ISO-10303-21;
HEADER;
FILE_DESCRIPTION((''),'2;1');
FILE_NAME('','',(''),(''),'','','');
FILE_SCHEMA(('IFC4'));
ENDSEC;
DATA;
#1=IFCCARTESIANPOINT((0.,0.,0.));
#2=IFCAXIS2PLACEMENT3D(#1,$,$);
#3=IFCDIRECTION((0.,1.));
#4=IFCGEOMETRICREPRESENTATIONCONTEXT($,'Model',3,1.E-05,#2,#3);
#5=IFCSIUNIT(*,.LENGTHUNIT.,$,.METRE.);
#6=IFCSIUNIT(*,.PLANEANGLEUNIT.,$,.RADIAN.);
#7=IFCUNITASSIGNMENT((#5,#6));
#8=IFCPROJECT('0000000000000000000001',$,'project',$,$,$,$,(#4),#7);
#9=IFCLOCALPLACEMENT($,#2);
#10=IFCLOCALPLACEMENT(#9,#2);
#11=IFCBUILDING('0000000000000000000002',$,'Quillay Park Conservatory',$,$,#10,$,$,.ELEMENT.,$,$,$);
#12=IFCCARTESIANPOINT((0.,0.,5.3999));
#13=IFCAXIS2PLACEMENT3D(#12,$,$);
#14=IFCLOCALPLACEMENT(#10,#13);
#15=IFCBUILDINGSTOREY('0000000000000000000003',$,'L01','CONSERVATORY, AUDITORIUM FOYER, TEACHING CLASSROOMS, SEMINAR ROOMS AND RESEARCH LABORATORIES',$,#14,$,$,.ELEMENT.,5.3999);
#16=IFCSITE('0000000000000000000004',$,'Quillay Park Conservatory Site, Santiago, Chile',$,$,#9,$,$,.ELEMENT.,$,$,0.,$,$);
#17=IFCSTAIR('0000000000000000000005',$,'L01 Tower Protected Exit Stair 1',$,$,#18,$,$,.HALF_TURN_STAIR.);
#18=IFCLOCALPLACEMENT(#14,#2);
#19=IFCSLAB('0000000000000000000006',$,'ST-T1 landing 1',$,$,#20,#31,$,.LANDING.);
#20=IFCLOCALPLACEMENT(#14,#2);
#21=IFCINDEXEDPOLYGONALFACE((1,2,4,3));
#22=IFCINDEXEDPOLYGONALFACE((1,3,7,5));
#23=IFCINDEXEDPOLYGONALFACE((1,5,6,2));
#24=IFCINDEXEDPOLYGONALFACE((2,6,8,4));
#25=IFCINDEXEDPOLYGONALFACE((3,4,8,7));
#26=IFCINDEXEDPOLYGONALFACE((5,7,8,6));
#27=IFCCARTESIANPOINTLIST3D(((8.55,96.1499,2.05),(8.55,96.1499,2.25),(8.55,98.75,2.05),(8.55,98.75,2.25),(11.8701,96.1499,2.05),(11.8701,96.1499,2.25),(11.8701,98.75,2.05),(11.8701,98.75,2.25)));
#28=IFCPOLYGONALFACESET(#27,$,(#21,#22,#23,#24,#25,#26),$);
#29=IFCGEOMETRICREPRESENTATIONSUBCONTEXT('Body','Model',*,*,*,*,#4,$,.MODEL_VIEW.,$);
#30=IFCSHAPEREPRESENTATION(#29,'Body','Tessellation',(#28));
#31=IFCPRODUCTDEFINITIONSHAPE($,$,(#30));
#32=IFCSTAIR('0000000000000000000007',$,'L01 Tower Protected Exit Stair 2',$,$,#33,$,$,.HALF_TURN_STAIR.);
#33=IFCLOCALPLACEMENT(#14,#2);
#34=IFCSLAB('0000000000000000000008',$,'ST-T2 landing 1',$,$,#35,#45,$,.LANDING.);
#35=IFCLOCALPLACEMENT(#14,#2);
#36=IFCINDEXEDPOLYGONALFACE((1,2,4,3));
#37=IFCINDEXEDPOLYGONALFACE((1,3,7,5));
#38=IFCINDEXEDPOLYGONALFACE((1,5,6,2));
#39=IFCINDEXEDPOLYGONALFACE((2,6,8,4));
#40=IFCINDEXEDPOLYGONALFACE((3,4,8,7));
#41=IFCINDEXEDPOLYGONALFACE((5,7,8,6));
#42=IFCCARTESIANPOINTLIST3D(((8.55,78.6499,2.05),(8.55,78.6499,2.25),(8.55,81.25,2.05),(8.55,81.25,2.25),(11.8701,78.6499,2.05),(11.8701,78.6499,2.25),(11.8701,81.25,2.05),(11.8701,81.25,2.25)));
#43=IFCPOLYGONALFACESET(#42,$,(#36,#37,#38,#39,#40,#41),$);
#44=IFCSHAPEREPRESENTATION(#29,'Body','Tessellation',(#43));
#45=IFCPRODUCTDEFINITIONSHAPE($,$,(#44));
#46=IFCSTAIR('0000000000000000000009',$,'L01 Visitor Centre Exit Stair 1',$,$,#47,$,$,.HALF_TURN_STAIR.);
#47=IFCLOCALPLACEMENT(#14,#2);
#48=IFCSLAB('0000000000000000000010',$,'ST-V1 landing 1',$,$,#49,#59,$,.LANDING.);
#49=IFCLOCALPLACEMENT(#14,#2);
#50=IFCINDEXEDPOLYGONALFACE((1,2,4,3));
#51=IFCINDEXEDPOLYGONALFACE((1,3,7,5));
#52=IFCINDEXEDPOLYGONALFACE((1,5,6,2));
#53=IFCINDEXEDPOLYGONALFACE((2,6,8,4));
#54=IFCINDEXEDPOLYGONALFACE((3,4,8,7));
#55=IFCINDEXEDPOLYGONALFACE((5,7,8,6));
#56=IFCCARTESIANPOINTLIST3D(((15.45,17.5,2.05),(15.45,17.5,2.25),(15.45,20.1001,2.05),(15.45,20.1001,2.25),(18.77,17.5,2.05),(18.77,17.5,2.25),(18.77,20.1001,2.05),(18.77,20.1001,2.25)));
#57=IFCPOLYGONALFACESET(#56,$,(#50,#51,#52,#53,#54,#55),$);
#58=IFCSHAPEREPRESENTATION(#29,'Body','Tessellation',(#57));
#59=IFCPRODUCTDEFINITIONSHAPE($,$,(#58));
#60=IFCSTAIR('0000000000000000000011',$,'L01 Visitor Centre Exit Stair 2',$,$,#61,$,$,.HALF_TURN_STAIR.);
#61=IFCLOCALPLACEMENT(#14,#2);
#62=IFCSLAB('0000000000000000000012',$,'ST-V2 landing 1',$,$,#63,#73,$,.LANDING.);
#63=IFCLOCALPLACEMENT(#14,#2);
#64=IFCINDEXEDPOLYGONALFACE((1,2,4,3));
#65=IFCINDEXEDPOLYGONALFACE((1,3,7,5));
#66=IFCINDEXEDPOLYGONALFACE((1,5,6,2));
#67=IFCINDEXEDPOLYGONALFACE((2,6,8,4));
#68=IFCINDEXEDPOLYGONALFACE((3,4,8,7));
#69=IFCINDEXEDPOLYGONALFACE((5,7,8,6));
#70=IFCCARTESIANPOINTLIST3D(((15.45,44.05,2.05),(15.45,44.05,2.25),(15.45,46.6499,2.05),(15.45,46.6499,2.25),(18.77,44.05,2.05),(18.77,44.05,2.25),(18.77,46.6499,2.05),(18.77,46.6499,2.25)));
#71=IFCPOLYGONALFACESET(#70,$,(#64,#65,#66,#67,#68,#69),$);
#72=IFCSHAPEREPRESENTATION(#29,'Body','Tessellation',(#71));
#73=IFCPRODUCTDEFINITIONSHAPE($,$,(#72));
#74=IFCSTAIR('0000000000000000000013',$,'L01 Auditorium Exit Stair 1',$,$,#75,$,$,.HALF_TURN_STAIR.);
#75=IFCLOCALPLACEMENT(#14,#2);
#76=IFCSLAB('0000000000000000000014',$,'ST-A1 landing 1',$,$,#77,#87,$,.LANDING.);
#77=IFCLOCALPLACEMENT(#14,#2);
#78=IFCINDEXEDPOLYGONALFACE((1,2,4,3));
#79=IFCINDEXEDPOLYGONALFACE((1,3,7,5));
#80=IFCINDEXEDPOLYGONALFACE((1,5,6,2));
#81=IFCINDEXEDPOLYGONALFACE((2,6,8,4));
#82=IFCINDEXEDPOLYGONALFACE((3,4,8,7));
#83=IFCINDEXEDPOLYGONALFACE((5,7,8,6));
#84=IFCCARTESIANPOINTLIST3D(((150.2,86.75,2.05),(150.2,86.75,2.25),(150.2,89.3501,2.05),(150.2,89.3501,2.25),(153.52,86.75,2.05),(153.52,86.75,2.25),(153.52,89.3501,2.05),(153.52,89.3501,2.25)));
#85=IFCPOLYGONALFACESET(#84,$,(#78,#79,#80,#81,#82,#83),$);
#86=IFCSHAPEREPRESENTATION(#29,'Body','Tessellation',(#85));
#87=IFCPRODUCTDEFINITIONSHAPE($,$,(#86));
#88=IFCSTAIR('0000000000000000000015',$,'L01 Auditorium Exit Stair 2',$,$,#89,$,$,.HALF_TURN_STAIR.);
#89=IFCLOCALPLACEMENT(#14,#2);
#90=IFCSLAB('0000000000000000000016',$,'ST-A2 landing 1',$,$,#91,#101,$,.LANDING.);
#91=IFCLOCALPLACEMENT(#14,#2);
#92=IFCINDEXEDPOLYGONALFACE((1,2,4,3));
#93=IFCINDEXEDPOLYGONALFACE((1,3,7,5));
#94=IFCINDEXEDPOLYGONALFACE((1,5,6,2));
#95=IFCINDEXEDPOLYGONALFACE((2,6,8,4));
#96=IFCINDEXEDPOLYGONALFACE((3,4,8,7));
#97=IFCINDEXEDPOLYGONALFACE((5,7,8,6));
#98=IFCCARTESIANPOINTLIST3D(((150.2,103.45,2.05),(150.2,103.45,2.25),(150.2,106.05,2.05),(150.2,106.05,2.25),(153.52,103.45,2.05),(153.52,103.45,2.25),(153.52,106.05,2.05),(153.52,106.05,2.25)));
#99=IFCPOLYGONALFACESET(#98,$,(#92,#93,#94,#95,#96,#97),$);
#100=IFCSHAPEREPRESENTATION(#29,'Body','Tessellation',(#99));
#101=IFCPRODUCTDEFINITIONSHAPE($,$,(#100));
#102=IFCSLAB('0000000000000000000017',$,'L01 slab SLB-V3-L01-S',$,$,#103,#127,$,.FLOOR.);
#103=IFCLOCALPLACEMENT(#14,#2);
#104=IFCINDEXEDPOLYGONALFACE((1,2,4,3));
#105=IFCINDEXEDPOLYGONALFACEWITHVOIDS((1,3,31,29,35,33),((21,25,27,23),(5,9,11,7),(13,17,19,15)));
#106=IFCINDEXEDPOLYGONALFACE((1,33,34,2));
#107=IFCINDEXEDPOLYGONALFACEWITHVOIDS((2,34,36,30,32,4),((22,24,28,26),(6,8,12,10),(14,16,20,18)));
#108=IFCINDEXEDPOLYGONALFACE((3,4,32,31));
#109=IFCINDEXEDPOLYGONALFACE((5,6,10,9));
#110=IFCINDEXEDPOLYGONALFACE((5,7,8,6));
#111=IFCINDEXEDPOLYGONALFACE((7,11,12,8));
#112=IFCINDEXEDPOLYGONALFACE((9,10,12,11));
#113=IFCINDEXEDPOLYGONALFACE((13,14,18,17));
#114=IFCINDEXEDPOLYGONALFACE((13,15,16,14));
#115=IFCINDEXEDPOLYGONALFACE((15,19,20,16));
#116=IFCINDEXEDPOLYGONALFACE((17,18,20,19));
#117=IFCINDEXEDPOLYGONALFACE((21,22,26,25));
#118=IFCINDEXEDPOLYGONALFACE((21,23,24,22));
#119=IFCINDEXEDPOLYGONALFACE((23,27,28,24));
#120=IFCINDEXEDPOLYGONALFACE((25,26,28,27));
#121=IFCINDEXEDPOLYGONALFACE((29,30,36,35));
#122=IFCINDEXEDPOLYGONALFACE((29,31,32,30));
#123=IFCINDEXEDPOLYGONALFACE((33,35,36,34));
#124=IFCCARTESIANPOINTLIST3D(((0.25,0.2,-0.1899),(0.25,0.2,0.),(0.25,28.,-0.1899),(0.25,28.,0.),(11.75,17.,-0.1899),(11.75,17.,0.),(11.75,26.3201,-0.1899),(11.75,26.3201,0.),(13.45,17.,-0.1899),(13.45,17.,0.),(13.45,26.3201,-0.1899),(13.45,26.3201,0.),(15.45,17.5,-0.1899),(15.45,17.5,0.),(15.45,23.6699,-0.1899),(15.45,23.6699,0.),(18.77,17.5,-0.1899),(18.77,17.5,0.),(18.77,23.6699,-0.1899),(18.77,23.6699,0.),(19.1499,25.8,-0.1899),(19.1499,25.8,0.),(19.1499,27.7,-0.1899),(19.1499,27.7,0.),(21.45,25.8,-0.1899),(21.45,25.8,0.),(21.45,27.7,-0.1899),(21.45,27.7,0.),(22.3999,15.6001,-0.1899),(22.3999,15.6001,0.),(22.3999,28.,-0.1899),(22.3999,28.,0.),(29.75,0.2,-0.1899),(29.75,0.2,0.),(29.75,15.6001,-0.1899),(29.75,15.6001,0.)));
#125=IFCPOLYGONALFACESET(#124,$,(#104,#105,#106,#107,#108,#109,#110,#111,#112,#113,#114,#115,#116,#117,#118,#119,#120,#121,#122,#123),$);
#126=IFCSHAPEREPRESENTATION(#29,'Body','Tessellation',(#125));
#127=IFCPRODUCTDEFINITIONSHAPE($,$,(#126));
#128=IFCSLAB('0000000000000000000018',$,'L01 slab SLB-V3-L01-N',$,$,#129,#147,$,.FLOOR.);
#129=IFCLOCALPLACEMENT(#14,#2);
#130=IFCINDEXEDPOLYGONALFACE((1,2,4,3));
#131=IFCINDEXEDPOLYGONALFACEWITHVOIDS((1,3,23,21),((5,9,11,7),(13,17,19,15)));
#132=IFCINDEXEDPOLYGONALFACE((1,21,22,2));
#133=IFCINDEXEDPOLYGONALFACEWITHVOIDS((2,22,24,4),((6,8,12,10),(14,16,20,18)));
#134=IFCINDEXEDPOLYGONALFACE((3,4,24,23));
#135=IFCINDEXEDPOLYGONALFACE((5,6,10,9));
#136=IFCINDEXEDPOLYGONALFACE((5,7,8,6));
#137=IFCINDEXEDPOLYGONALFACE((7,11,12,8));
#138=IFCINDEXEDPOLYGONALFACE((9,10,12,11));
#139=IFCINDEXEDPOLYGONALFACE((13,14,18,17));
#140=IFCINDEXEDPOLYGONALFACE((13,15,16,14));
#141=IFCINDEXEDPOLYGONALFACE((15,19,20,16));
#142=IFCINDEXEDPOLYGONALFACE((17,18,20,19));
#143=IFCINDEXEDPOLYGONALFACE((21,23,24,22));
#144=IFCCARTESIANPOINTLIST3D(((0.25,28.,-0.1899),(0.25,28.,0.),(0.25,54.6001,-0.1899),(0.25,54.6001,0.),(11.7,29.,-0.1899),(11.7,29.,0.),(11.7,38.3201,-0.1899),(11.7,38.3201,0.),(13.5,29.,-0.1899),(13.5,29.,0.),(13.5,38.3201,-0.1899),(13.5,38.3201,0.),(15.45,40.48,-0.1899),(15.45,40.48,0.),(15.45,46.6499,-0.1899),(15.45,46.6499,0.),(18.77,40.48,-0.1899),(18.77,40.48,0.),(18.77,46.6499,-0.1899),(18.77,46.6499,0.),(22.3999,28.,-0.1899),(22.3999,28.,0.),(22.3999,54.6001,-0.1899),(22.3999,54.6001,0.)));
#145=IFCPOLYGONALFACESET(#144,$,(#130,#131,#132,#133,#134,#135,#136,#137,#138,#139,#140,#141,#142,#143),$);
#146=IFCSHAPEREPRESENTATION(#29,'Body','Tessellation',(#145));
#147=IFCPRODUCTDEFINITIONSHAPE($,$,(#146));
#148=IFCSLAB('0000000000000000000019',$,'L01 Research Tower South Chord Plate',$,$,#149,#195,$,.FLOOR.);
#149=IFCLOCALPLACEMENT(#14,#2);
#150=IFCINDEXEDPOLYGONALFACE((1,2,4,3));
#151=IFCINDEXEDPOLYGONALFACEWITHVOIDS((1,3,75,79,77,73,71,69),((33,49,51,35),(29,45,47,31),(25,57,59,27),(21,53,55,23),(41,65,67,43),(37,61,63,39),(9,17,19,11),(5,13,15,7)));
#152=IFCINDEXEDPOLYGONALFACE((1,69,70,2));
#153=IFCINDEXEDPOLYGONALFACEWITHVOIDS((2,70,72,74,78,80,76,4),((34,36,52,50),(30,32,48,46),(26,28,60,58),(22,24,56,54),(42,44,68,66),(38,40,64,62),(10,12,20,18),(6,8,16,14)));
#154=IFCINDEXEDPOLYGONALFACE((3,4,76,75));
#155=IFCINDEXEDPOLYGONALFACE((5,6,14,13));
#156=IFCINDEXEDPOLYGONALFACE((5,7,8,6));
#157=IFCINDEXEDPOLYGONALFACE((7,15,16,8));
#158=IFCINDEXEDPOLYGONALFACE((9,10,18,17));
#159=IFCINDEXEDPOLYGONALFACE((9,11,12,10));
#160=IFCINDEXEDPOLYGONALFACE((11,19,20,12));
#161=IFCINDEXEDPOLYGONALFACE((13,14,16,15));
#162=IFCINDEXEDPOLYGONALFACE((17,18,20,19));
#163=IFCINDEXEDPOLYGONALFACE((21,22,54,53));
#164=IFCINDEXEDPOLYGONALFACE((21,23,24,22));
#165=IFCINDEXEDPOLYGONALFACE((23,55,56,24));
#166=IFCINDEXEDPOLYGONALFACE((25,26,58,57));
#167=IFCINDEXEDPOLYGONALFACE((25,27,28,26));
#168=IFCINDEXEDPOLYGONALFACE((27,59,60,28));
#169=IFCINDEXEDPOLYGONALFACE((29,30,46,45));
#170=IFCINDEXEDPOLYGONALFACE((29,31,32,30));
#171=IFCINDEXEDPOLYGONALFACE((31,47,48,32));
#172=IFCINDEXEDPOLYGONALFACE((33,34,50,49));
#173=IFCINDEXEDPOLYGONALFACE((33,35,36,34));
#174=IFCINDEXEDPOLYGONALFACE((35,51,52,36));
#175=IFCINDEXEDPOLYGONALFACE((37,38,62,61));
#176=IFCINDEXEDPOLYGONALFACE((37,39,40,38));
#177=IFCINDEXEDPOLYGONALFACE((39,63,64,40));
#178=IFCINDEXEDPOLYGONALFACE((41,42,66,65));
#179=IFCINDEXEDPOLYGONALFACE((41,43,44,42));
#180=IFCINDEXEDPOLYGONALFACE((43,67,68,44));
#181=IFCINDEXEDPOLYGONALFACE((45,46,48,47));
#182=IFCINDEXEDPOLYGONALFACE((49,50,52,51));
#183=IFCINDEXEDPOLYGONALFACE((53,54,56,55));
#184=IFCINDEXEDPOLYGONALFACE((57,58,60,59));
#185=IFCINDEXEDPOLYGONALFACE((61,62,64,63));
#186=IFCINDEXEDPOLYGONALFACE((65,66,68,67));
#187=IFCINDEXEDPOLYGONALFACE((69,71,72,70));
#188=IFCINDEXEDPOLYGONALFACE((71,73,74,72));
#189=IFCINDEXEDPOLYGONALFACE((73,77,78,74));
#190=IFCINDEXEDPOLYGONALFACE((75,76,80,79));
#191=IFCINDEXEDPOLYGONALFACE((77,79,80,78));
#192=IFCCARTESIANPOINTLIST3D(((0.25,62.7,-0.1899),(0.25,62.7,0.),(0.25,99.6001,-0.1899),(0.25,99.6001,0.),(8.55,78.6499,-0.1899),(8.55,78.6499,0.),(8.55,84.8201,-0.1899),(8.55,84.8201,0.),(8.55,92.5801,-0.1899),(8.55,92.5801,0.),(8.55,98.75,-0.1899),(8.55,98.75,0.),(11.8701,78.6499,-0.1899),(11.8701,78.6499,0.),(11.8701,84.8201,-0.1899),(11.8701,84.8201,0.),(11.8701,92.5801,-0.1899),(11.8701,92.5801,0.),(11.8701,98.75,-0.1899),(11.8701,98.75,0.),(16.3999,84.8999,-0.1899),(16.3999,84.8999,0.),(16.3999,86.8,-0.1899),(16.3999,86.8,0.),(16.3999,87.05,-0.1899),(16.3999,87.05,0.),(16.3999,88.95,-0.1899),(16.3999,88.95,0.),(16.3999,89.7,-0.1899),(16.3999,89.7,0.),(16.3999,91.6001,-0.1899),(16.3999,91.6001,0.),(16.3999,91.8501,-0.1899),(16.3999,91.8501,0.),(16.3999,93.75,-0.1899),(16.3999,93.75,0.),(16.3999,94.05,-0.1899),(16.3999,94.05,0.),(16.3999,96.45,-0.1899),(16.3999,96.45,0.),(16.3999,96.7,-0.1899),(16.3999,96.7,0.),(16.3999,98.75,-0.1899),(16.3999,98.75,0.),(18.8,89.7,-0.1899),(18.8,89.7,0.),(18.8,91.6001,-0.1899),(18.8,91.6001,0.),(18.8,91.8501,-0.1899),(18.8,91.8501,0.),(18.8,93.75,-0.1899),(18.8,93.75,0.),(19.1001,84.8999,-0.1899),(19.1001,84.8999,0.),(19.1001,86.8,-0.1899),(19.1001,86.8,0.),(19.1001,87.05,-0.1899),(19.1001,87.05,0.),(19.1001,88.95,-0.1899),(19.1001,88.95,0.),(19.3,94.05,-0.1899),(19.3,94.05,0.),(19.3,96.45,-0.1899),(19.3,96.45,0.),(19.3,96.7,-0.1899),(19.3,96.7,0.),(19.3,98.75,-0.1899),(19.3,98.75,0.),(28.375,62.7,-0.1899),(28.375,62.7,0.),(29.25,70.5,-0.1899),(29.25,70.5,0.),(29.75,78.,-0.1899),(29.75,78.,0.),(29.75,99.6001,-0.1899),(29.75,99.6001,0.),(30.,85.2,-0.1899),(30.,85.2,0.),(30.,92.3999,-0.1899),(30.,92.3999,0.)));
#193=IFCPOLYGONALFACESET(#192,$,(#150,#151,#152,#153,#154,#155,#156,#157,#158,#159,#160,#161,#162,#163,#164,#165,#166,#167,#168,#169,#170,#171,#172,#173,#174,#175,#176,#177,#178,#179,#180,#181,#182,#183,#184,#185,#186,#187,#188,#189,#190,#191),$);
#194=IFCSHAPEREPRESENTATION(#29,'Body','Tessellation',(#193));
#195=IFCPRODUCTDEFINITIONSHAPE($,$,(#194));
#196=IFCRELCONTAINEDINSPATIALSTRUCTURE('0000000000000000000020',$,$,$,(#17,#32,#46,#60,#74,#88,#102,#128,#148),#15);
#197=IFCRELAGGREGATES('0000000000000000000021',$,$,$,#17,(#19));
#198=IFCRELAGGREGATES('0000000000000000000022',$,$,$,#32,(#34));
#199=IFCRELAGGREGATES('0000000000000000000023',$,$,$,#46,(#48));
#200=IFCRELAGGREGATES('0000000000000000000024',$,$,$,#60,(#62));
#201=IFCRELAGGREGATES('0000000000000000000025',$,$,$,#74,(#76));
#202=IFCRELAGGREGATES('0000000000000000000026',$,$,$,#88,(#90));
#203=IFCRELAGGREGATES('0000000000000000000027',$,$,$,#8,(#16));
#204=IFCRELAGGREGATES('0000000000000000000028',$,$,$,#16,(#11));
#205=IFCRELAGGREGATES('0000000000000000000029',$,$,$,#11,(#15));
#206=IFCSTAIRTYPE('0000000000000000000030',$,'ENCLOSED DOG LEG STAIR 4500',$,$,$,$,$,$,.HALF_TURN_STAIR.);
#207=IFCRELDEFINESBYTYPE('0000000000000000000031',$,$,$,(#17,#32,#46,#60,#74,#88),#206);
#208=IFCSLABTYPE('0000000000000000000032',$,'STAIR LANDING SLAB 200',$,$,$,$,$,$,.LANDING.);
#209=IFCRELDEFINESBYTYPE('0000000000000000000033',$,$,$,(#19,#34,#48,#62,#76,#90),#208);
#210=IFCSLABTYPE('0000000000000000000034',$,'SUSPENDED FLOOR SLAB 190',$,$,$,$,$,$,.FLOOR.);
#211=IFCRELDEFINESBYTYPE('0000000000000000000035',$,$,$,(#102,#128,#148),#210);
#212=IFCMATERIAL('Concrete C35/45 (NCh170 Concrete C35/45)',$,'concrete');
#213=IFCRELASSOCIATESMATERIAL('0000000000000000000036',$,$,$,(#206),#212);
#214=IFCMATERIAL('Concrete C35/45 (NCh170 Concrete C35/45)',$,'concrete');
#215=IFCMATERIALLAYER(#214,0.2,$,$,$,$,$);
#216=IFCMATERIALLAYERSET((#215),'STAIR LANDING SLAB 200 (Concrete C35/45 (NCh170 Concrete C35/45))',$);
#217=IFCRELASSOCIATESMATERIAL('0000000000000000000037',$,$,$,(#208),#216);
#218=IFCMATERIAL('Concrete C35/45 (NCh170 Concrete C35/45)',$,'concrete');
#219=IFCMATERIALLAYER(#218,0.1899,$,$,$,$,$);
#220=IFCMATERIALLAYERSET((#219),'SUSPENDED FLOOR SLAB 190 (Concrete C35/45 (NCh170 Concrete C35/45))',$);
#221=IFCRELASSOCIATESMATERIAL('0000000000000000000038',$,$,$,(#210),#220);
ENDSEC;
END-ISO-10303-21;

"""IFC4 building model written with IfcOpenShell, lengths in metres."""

from ifc_helpers import new_model, si_unit, direction, frame, origin, place, context, subcontext, project, spatial, polyline, outline, extrude, material, layer, layer_set, type_object, element, aggregate, save


model = new_model("IFC4")

# Units and contexts
model_context = context("Model", 3, precision=1e-05, world=origin(), true_north=direction((0.0, 1.0)))
body_context = subcontext(model_context, "Body", "Model", "MODEL_VIEW")
ifc_project = project(units=[si_unit("LENGTHUNIT", "METRE"), si_unit("PLANEANGLEUNIT", "RADIAN")], contexts=[model_context])

# Site, building, storey
site_placement = place(None, origin())
site = spatial("IfcSite", under=ifc_project, at=site_placement, Name="Quillay Park Conservatory Site, Santiago, Chile", CompositionType="ELEMENT", RefElevation=0.0)
building_placement = place(site_placement, origin())
building = spatial("IfcBuilding", under=site, at=building_placement, Name="Quillay Park Conservatory", CompositionType="ELEMENT")
storey_placement = place(building_placement, frame((0.0, 0.0, 5.3999)))
storey = spatial("IfcBuildingStorey", under=building, at=storey_placement, Name="L01", Description="CONSERVATORY, AUDITORIUM FOYER, TEACHING CLASSROOMS, SEMINAR ROOMS AND RESEARCH LABORATORIES", CompositionType="ELEMENT", Elevation=5.3999)

# Stairs, slabs
ifc_material_1 = material(Name="Concrete C35/45 (NCh170 Concrete C35/45)", Category="concrete")
stair_type = type_object("IfcStairType", Name="ENCLOSED DOG LEG STAIR 4500", PredefinedType="HALF_TURN_STAIR", material=ifc_material_1)
stair_1_placement = place(storey_placement, origin())
stair_1 = element("IfcStair", 1, at=stair_1_placement, inside=storey, type_object=stair_type, Name="L01 Tower Protected Exit Stair 1", PredefinedType="HALF_TURN_STAIR")
ifc_material_2 = material(Name="Concrete C35/45 (NCh170 Concrete C35/45)", Category="concrete")
ifc_layer_1 = layer(ifc_material_2, 0.2)
ifc_layer_set_1 = layer_set([ifc_layer_1], Name="STAIR LANDING SLAB 200 (Concrete C35/45 (NCh170 Concrete C35/45))")
slab_type_1 = type_object("IfcSlabType", Name="STAIR LANDING SLAB 200", PredefinedType="LANDING", material=ifc_layer_set_1)
slab_1_placement = place(storey_placement, frame((0.0, 0.0, 2.05)))
slab_1 = element("IfcSlab", 2, at=slab_1_placement, type_object=slab_type_1, Name="ST-T1 landing 1", PredefinedType="LANDING", context=body_context, shape_type="SweptSolid", body=[
    extrude(outline(polyline([(11.8701, 96.1499), (11.8701, 98.75), (8.55, 98.75), (8.55, 96.1499), (11.8701, 96.1499)])), origin(), (0.0, 0.0, 1.0), 0.2),
])
aggregate(stair_1, [slab_1])
stair_2_placement = place(storey_placement, origin())
stair_2 = element("IfcStair", 3, at=stair_2_placement, inside=storey, type_object=stair_type, Name="L01 Tower Protected Exit Stair 2", PredefinedType="HALF_TURN_STAIR")
slab_2_placement = place(storey_placement, frame((0.0, 0.0, 2.05)))
slab_2 = element("IfcSlab", 4, at=slab_2_placement, type_object=slab_type_1, Name="ST-T2 landing 1", PredefinedType="LANDING", context=body_context, shape_type="SweptSolid", body=[
    extrude(outline(polyline([(8.55, 81.25), (8.55, 78.6499), (11.8701, 78.6499), (11.8701, 81.25), (8.55, 81.25)])), origin(), (0.0, 0.0, 1.0), 0.2),
])
aggregate(stair_2, [slab_2])
stair_3_placement = place(storey_placement, origin())
stair_3 = element("IfcStair", 5, at=stair_3_placement, inside=storey, type_object=stair_type, Name="L01 Visitor Centre Exit Stair 1", PredefinedType="HALF_TURN_STAIR")
slab_3_placement = place(storey_placement, frame((0.0, 0.0, 2.05)))
slab_3 = element("IfcSlab", 6, at=slab_3_placement, type_object=slab_type_1, Name="ST-V1 landing 1", PredefinedType="LANDING", context=body_context, shape_type="SweptSolid", body=[
    extrude(outline(polyline([(15.45, 20.1001), (15.45, 17.5), (18.77, 17.5), (18.77, 20.1001), (15.45, 20.1001)])), origin(), (0.0, 0.0, 1.0), 0.2),
])
aggregate(stair_3, [slab_3])
stair_4_placement = place(storey_placement, origin())
stair_4 = element("IfcStair", 7, at=stair_4_placement, inside=storey, type_object=stair_type, Name="L01 Visitor Centre Exit Stair 2", PredefinedType="HALF_TURN_STAIR")
slab_4_placement = place(storey_placement, frame((0.0, 0.0, 2.05)))
slab_4 = element("IfcSlab", 8, at=slab_4_placement, type_object=slab_type_1, Name="ST-V2 landing 1", PredefinedType="LANDING", context=body_context, shape_type="SweptSolid", body=[
    extrude(outline(polyline([(18.77, 44.05), (18.77, 46.6499), (15.45, 46.6499), (15.45, 44.05), (18.77, 44.05)])), origin(), (0.0, 0.0, 1.0), 0.2),
])
aggregate(stair_4, [slab_4])
stair_5_placement = place(storey_placement, origin())
stair_5 = element("IfcStair", 9, at=stair_5_placement, inside=storey, type_object=stair_type, Name="L01 Auditorium Exit Stair 1", PredefinedType="HALF_TURN_STAIR")
slab_5_placement = place(storey_placement, frame((0.0, 0.0, 2.05)))
slab_5 = element("IfcSlab", 10, at=slab_5_placement, type_object=slab_type_1, Name="ST-A1 landing 1", PredefinedType="LANDING", context=body_context, shape_type="SweptSolid", body=[
    extrude(outline(polyline([(150.2, 89.3501), (150.2, 86.75), (153.52, 86.75), (153.52, 89.3501), (150.2, 89.3501)])), origin(), (0.0, 0.0, 1.0), 0.2),
])
aggregate(stair_5, [slab_5])
stair_6_placement = place(storey_placement, origin())
stair_6 = element("IfcStair", 11, at=stair_6_placement, inside=storey, type_object=stair_type, Name="L01 Auditorium Exit Stair 2", PredefinedType="HALF_TURN_STAIR")
slab_6_placement = place(storey_placement, frame((0.0, 0.0, 2.05)))
slab_6 = element("IfcSlab", 12, at=slab_6_placement, type_object=slab_type_1, Name="ST-A2 landing 1", PredefinedType="LANDING", context=body_context, shape_type="SweptSolid", body=[
    extrude(outline(polyline([(153.52, 103.45), (153.52, 106.05), (150.2, 106.05), (150.2, 103.45), (153.52, 103.45)])), origin(), (0.0, 0.0, 1.0), 0.2),
])
aggregate(stair_6, [slab_6])

# Slabs
ifc_material_3 = material(Name="Concrete C35/45 (NCh170 Concrete C35/45)", Category="concrete")
ifc_layer_2 = layer(ifc_material_3, 0.1899)
ifc_layer_set_2 = layer_set([ifc_layer_2], Name="SUSPENDED FLOOR SLAB 190 (Concrete C35/45 (NCh170 Concrete C35/45))")
slab_type_2 = type_object("IfcSlabType", Name="SUSPENDED FLOOR SLAB 190", PredefinedType="FLOOR", material=ifc_layer_set_2)
slab_7_placement = place(storey_placement, frame((0.0, 0.0, -0.1899)))
element("IfcSlab", 13, at=slab_7_placement, inside=storey, type_object=slab_type_2, Name="L01 slab SLB-V3-L01-S", PredefinedType="FLOOR", context=body_context, shape_type="SweptSolid", body=[
    extrude(outline(polyline([(0.25, 0.2), (29.75, 0.2), (29.75, 15.6001), (22.3999, 15.6001), (22.3999, 28.0), (0.25, 28.0), (0.25, 0.2)]), holes=[polyline([(15.45, 17.5), (18.77, 17.5), (18.77, 23.6699), (15.45, 23.6699), (15.45, 17.5)]), polyline([(11.75, 17.0), (13.45, 17.0), (13.45, 26.3201), (11.75, 26.3201), (11.75, 17.0)]), polyline([(19.1499, 25.8), (21.45, 25.8), (21.45, 27.7), (19.1499, 27.7), (19.1499, 25.8)])]), origin(), (0.0, 0.0, 1.0), 0.1899),
])
slab_8_placement = place(storey_placement, frame((0.0, 0.0, -0.1899)))
element("IfcSlab", 14, at=slab_8_placement, inside=storey, type_object=slab_type_2, Name="L01 slab SLB-V3-L01-N", PredefinedType="FLOOR", context=body_context, shape_type="SweptSolid", body=[
    extrude(outline(polyline([(0.25, 28.0), (22.3999, 28.0), (22.3999, 54.6001), (0.25, 54.6001), (0.25, 28.0)]), holes=[polyline([(15.45, 40.48), (18.77, 40.48), (18.77, 46.6499), (15.45, 46.6499), (15.45, 40.48)]), polyline([(11.7, 29.0), (13.5, 29.0), (13.5, 38.3201), (11.7, 38.3201), (11.7, 29.0)])]), origin(), (0.0, 0.0, 1.0), 0.1899),
])
slab_9_placement = place(storey_placement, frame((0.0, 0.0, -0.1899)))
element("IfcSlab", 15, at=slab_9_placement, inside=storey, type_object=slab_type_2, Name="L01 Research Tower South Chord Plate", PredefinedType="FLOOR", context=body_context, shape_type="SweptSolid", body=[
    extrude(outline(polyline([(0.25, 62.7), (28.375, 62.7), (29.25, 70.5), (29.75, 78.0), (30.0, 85.2), (30.0, 92.3999), (29.75, 99.6001), (0.25, 99.6001), (0.25, 62.7)]), holes=[polyline([(8.55, 92.5801), (11.8701, 92.5801), (11.8701, 98.75), (8.55, 98.75), (8.55, 92.5801)]), polyline([(8.55, 78.6499), (11.8701, 78.6499), (11.8701, 84.8201), (8.55, 84.8201), (8.55, 78.6499)]), polyline([(16.3999, 84.8999), (19.1001, 84.8999), (19.1001, 86.8), (16.3999, 86.8), (16.3999, 84.8999)]), polyline([(16.3999, 87.05), (19.1001, 87.05), (19.1001, 88.95), (16.3999, 88.95), (16.3999, 87.05)]), polyline([(16.3999, 89.7), (18.8, 89.7), (18.8, 91.6001), (16.3999, 91.6001), (16.3999, 89.7)]), polyline([(16.3999, 91.8501), (18.8, 91.8501), (18.8, 93.75), (16.3999, 93.75), (16.3999, 91.8501)]), polyline([(16.3999, 94.05), (19.3, 94.05), (19.3, 96.45), (16.3999, 96.45), (16.3999, 94.05)]), polyline([(16.3999, 96.7), (19.3, 96.7), (19.3, 98.75), (16.3999, 98.75), (16.3999, 96.7)])]), origin(), (0.0, 0.0, 1.0), 0.1899),
])

save(model, "model.ifc")
